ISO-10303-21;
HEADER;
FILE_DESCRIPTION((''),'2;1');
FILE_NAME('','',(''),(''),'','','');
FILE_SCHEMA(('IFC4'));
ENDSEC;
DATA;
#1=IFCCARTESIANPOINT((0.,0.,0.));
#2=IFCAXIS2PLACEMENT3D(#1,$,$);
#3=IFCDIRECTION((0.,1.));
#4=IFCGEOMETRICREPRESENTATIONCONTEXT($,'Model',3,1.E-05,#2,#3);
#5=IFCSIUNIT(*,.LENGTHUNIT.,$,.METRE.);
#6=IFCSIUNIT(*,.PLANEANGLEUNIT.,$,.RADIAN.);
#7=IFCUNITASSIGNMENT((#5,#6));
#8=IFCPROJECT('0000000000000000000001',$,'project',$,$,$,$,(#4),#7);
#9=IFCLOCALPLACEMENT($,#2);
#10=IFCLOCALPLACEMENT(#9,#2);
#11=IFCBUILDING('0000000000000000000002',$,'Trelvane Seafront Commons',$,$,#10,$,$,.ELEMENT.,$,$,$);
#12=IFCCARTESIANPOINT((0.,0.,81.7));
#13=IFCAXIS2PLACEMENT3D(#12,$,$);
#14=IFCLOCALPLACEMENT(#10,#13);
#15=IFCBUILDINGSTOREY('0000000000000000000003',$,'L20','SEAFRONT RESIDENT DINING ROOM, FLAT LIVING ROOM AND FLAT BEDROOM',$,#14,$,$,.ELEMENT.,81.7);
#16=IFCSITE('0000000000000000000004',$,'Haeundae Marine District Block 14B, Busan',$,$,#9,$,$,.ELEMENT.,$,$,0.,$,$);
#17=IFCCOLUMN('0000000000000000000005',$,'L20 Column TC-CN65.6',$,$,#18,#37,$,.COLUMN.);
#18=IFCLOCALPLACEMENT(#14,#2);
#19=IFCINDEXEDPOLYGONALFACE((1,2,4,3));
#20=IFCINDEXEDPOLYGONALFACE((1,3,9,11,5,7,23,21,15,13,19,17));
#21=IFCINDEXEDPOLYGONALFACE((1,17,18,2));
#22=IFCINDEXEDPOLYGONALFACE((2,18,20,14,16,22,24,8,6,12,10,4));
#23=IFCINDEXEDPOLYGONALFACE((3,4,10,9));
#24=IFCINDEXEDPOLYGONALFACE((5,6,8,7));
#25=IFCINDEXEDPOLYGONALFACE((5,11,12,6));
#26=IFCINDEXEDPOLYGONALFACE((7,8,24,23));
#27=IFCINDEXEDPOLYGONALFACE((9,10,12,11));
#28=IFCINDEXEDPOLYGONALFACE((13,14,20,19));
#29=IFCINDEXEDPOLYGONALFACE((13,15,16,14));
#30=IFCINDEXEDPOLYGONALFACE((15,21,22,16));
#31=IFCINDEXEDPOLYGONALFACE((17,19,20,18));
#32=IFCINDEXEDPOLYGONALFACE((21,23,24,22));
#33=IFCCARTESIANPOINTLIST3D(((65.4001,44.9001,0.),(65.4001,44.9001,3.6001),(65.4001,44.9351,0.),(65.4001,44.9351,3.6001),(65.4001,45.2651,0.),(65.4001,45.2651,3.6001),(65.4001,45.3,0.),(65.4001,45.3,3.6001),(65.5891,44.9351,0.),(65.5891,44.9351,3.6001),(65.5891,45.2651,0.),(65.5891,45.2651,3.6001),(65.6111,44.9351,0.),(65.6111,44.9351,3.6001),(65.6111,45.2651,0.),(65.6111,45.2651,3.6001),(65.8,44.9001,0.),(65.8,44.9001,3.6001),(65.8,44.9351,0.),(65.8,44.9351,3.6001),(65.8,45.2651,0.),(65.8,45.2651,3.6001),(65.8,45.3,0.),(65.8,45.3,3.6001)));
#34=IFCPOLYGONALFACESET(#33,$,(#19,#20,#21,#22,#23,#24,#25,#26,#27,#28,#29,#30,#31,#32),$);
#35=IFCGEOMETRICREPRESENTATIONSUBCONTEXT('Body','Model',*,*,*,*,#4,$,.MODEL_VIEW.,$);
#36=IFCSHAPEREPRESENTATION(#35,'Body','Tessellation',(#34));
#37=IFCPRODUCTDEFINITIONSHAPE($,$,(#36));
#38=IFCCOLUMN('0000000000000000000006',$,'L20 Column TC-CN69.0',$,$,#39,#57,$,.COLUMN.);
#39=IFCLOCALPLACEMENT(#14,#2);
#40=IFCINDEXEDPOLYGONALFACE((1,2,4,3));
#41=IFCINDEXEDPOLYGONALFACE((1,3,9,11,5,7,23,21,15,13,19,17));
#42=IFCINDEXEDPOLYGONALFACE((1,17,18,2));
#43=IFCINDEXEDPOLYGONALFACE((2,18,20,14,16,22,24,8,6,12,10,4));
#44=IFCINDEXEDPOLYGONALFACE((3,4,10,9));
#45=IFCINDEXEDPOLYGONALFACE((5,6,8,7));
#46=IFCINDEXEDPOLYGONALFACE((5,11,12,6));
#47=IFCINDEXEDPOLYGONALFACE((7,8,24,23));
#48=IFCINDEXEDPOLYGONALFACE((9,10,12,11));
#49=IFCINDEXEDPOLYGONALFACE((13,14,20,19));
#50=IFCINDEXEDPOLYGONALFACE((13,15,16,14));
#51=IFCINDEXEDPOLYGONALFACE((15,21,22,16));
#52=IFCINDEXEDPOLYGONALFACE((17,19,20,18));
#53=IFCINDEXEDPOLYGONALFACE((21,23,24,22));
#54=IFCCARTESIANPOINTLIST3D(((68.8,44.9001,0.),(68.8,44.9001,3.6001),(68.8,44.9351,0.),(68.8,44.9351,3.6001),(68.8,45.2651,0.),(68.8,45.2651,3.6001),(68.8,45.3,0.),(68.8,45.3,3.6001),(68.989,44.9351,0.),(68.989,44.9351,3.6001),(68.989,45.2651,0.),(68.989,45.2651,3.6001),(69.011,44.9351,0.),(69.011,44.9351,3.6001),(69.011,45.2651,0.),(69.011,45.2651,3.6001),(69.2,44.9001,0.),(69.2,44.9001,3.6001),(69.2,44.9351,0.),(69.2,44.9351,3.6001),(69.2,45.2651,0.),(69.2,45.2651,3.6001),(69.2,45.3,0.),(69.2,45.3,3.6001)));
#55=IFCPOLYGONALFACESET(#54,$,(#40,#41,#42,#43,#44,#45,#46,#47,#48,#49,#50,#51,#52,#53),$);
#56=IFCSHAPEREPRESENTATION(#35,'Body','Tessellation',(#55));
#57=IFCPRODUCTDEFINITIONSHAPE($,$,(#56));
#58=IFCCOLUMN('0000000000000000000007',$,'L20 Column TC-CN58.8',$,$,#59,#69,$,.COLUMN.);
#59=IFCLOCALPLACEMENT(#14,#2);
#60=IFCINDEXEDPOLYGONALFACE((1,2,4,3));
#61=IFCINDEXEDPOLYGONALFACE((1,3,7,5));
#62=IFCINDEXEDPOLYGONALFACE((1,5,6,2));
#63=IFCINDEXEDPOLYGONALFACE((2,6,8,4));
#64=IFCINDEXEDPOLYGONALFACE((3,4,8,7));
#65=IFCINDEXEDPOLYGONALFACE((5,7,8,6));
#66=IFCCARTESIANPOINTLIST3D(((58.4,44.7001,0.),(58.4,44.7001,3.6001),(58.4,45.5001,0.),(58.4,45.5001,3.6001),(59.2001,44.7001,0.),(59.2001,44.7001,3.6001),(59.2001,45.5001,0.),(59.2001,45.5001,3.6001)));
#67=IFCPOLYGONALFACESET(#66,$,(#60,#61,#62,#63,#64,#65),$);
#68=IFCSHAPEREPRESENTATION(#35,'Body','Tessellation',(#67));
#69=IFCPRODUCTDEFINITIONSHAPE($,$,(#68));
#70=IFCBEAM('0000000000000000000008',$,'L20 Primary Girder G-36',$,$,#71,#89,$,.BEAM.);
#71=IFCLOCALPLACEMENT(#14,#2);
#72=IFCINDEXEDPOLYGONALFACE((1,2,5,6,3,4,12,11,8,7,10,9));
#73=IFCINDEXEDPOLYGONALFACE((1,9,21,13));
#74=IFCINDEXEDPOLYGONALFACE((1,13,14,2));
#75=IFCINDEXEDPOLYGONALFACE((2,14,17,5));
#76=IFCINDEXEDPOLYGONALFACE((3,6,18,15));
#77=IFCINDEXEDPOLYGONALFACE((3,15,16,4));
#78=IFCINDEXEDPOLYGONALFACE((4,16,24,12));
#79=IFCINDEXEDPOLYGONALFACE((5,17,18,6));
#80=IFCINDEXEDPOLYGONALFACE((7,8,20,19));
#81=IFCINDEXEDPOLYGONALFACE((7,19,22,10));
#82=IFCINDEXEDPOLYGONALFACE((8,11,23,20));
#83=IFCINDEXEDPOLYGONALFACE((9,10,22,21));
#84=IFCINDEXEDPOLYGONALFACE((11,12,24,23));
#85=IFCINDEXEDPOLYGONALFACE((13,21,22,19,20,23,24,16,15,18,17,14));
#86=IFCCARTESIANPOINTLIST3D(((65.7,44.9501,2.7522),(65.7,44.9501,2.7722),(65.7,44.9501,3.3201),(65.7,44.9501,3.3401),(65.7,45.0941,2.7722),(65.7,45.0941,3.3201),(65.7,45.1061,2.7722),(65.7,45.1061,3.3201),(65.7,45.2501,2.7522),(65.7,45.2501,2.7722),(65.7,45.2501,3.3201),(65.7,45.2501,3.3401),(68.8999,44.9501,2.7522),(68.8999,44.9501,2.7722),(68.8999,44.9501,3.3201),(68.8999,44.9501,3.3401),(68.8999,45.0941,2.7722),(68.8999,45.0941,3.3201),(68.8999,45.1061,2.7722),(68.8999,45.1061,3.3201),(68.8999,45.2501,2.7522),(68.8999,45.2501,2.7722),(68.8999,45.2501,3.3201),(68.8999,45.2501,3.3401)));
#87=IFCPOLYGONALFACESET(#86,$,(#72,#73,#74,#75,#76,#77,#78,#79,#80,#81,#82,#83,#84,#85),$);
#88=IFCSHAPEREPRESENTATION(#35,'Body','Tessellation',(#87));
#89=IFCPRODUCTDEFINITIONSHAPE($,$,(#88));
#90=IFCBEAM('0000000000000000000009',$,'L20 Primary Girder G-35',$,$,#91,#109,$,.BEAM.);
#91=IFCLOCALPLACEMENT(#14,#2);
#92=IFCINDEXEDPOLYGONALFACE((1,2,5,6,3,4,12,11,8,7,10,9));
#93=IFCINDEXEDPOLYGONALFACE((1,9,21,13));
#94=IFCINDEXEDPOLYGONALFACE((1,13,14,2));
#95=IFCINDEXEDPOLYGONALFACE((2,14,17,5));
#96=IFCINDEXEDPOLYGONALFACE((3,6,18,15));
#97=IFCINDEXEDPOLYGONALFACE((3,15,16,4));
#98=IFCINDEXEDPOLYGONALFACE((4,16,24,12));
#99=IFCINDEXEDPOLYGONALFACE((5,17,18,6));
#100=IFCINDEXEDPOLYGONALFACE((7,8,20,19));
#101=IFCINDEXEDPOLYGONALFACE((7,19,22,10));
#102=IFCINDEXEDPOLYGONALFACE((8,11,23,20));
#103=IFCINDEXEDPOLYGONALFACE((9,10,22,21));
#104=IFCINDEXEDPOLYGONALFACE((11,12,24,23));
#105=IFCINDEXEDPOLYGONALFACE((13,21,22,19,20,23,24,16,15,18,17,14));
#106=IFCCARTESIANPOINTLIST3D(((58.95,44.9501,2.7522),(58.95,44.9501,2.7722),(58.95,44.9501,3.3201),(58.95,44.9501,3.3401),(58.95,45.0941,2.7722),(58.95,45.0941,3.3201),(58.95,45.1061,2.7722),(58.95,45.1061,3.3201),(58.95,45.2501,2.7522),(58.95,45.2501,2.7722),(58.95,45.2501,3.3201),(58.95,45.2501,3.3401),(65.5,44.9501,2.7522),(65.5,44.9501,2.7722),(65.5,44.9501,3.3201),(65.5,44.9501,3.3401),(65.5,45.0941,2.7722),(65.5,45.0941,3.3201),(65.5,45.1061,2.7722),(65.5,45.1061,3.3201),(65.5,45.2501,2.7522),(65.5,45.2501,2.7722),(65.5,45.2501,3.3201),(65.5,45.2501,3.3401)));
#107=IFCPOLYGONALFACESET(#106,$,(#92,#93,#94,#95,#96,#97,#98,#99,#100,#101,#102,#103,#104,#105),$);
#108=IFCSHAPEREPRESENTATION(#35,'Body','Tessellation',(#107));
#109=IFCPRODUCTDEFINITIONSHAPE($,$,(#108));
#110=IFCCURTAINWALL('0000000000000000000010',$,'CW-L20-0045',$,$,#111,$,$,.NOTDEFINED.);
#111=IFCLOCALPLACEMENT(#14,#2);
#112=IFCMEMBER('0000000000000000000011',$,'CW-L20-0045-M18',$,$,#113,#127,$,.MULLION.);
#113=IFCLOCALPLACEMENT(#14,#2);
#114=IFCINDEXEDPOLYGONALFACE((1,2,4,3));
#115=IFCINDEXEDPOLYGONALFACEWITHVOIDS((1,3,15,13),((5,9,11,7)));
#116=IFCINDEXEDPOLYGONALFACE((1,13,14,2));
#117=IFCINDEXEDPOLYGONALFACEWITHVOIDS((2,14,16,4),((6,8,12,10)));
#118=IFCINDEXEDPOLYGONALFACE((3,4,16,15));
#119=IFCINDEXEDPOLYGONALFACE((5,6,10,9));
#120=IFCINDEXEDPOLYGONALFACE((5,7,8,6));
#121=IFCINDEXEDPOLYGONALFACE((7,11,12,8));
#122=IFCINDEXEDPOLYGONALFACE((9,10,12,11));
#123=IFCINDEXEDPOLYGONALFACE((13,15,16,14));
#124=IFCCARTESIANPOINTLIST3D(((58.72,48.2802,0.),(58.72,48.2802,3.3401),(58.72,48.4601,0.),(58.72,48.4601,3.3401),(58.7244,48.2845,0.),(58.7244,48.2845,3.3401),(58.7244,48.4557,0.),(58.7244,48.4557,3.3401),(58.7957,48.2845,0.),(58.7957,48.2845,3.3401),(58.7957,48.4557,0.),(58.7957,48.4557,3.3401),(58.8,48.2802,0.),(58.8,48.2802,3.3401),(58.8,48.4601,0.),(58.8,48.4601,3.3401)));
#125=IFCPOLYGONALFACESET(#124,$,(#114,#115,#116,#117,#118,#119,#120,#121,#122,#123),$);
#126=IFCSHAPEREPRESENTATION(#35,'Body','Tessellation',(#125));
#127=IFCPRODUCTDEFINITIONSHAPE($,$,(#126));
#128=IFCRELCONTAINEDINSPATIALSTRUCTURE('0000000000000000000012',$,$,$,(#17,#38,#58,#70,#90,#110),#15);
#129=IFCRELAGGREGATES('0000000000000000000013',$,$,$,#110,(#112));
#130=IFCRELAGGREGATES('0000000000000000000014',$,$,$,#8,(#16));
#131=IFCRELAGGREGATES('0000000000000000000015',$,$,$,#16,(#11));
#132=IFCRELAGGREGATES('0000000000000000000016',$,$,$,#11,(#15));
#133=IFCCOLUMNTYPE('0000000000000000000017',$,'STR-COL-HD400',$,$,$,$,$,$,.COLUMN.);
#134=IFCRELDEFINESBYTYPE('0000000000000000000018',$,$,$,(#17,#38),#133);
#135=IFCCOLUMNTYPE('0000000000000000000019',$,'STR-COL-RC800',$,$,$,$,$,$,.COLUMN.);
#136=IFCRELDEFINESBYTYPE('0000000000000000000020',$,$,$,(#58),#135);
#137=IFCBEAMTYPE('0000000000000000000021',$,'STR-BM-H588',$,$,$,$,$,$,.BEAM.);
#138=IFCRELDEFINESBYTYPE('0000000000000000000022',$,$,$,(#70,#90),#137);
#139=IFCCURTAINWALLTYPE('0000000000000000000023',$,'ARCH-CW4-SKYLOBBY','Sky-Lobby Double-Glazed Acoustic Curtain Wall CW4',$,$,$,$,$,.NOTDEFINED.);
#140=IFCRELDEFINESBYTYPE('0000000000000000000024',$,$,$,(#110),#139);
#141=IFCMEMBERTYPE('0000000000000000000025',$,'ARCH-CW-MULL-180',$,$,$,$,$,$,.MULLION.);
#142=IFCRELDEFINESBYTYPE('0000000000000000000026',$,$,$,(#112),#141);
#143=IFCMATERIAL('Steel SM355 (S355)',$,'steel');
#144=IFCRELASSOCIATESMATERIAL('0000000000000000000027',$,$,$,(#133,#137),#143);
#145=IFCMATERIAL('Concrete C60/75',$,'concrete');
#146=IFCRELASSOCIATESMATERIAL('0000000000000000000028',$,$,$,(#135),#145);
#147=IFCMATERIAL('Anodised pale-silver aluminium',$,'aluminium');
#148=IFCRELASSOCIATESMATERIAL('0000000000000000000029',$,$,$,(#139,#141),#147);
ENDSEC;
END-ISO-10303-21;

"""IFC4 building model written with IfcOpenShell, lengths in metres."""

from ifc_helpers import new_model, si_unit, direction, frame, origin, origin_2d, place, context, subcontext, project, spatial, rectangle, hollow_rectangle, i_section, extrude, source, transform, mapped, material, material_profile, profile_set, type_object, element, aggregate, save


model = new_model("IFC4")

# Units and contexts
model_context = context("Model", 3, precision=1e-05, world=origin(), true_north=direction((0.0, 1.0)))
body_context = subcontext(model_context, "Body", "Model", "MODEL_VIEW")
ifc_project = project(units=[si_unit("LENGTHUNIT", "METRE"), si_unit("PLANEANGLEUNIT", "RADIAN")], contexts=[model_context])

# Site, building, storey
site_placement = place(None, origin())
site = spatial("IfcSite", under=ifc_project, at=site_placement, Name="Haeundae Marine District Block 14B, Busan", CompositionType="ELEMENT", RefElevation=0.0)
building_placement = place(site_placement, origin())
building = spatial("IfcBuilding", under=site, at=building_placement, Name="Trelvane Seafront Commons", CompositionType="ELEMENT")
storey_placement = place(building_placement, frame((0.0, 0.0, 81.7)))
storey = spatial("IfcBuildingStorey", under=building, at=storey_placement, Name="L20", Description="SEAFRONT RESIDENT DINING ROOM, FLAT LIVING ROOM AND FLAT BEDROOM", CompositionType="ELEMENT", Elevation=81.7)

# Columns
ifc_material_1 = material(Name="Steel SM355 (S355)", Category="steel")
ifc_material_profile_1 = material_profile(ifc_material_1, i_section(OverallWidth=0.3999, OverallDepth=0.3999, WebThickness=0.022, FlangeThickness=0.0349, at=origin_2d()), Name="HD-400x400x22x35")
ifc_profile_set_1 = profile_set([ifc_material_profile_1], Name="Steel SM355 (S355)")
column_type_1 = type_object("IfcColumnType", Name="STR-COL-HD400", PredefinedType="COLUMN", material=ifc_profile_set_1)
shared_shape_1 = source(origin(), body_context, "Body", "SweptSolid", [
    extrude(i_section(OverallWidth=0.3999, OverallDepth=0.3999, WebThickness=0.022, FlangeThickness=0.0349, at=origin_2d()), origin(), (0.0, 0.0, 1.0), 3.6001),
])
for number, where, z_axis, x_axis, name in (
    (1, (65.6001, 45.1001, 0.0), (0.0, 0.0, 1.0), (1.0, 0.0, 0.0), "L20 Column TC-CN65.6"),
    (2, (69.0, 45.1001, 0.0), (0.0, 0.0, 1.0), (1.0, 0.0, 0.0), "L20 Column TC-CN69.0"),
):
    element("IfcColumn", number, at=place(storey_placement, frame(where, z_axis=z_axis, x_axis=x_axis)), inside=storey, type_object=column_type_1, Name=name, PredefinedType="COLUMN", context=body_context, shape_type="MappedRepresentation", body=[
        mapped(shared_shape_1, transform((0.0, 0.0, 0.0), x_axis=(1.0, 0.0, 0.0), y_axis=(0.0, 1.0, 0.0), z_axis=(0.0, 0.0, 1.0), scale=1.0)),
    ])
ifc_material_2 = material(Name="Concrete C60/75", Category="concrete")
ifc_material_profile_2 = material_profile(ifc_material_2, rectangle(XDim=0.8, YDim=0.8, at=origin_2d()), Name="RC-800x800")
ifc_profile_set_2 = profile_set([ifc_material_profile_2], Name="Concrete C60/75")
column_type_2 = type_object("IfcColumnType", Name="STR-COL-RC800", PredefinedType="COLUMN", material=ifc_profile_set_2)
shared_shape_2 = source(origin(), body_context, "Body", "SweptSolid", [
    extrude(rectangle(XDim=0.8, YDim=0.8, at=origin_2d()), origin(), (0.0, 0.0, 1.0), 3.6001),
])
column_placement = place(storey_placement, frame((58.8, 45.1001, 0.0), z_axis=(0.0, 0.0, 1.0), x_axis=(1.0, 0.0, 0.0)))
element("IfcColumn", 3, at=column_placement, inside=storey, type_object=column_type_2, Name="L20 Column TC-CN58.8", PredefinedType="COLUMN", context=body_context, shape_type="MappedRepresentation", body=[
    mapped(shared_shape_2, transform((0.0, 0.0, 0.0), x_axis=(1.0, 0.0, 0.0), y_axis=(0.0, 1.0, 0.0), z_axis=(0.0, 0.0, 1.0), scale=1.0)),
])

# Beams
ifc_material_profile_3 = material_profile(ifc_material_1, i_section(OverallWidth=0.3, OverallDepth=0.5879, WebThickness=0.012, FlangeThickness=0.02, at=origin_2d()), Name="H-588x300x12x20")
ifc_profile_set_3 = profile_set([ifc_material_profile_3], Name="Steel SM355 (S355)")
beam_type = type_object("IfcBeamType", Name="STR-BM-H588", PredefinedType="BEAM", material=ifc_profile_set_3)
shared_shape_3 = source(origin(), body_context, "Body", "SweptSolid", [
    extrude(i_section(OverallWidth=0.3, OverallDepth=0.5879, WebThickness=0.012, FlangeThickness=0.02, at=origin_2d()), origin(), (0.0, 0.0, 1.0), 3.2),
])
beam_1_placement = place(storey_placement, frame((65.7, 45.1001, 3.0461), z_axis=(1.0, 0.0, 0.0), x_axis=(0.0, 1.0, 0.0)))
element("IfcBeam", 4, at=beam_1_placement, inside=storey, type_object=beam_type, Name="L20 Primary Girder G-36", PredefinedType="BEAM", context=body_context, shape_type="MappedRepresentation", body=[
    mapped(shared_shape_3, transform((0.0, 0.0, 0.0), x_axis=(1.0, 0.0, 0.0), y_axis=(0.0, 1.0, 0.0), z_axis=(0.0, 0.0, 1.0), scale=1.0)),
])
shared_shape_4 = source(origin(), body_context, "Body", "SweptSolid", [
    extrude(i_section(OverallWidth=0.3, OverallDepth=0.5879, WebThickness=0.012, FlangeThickness=0.02, at=origin_2d()), origin(), (0.0, 0.0, 1.0), 6.55),
])
beam_2_placement = place(storey_placement, frame((58.95, 45.1001, 3.0461), z_axis=(1.0, 0.0, 0.0), x_axis=(0.0, 1.0, 0.0)))
element("IfcBeam", 5, at=beam_2_placement, inside=storey, type_object=beam_type, Name="L20 Primary Girder G-35", PredefinedType="BEAM", context=body_context, shape_type="MappedRepresentation", body=[
    mapped(shared_shape_4, transform((0.0, 0.0, 0.0), x_axis=(1.0, 0.0, 0.0), y_axis=(0.0, 1.0, 0.0), z_axis=(0.0, 0.0, 1.0), scale=1.0)),
])

# Curtain wall, member
ifc_material_3 = material(Name="Anodised pale-silver aluminium", Category="aluminium")
curtain_wall_type = type_object("IfcCurtainWallType", Name="ARCH-CW4-SKYLOBBY", Description="Sky-Lobby Double-Glazed Acoustic Curtain Wall CW4", PredefinedType="NOTDEFINED", material=ifc_material_3)
curtain_wall_placement = place(storey_placement, origin())
curtain_wall = element("IfcCurtainWall", 6, at=curtain_wall_placement, inside=storey, type_object=curtain_wall_type, Name="CW-L20-0045", PredefinedType="NOTDEFINED")
ifc_material_profile_4 = material_profile(ifc_material_3, hollow_rectangle(XDim=0.0801, YDim=0.1799, WallThickness=0.0044, at=origin_2d()), Name="MULL-80x180x4.5")
ifc_profile_set_4 = profile_set([ifc_material_profile_4], Name="Anodised pale-silver aluminium")
member_type = type_object("IfcMemberType", Name="ARCH-CW-MULL-180", PredefinedType="MULLION", material=ifc_profile_set_4)
shared_shape_5 = source(origin(), body_context, "Body", "SweptSolid", [
    extrude(hollow_rectangle(XDim=0.0801, YDim=0.1799, WallThickness=0.0044, at=origin_2d()), origin(), (0.0, 0.0, 1.0), 3.3401),
])
member_placement = place(storey_placement, frame((58.76, 48.3701, 0.0), z_axis=(0.0, 0.0, 1.0), x_axis=(1.0, 0.0, 0.0)))
member = element("IfcMember", 7, at=member_placement, type_object=member_type, Name="CW-L20-0045-M18", PredefinedType="MULLION", context=body_context, shape_type="MappedRepresentation", body=[
    mapped(shared_shape_5, transform((0.0, 0.0, 0.0), x_axis=(1.0, 0.0, 0.0), y_axis=(0.0, 1.0, 0.0), z_axis=(0.0, 0.0, 1.0), scale=1.0)),
])
aggregate(curtain_wall, [member])

save(model, "model.ifc")
